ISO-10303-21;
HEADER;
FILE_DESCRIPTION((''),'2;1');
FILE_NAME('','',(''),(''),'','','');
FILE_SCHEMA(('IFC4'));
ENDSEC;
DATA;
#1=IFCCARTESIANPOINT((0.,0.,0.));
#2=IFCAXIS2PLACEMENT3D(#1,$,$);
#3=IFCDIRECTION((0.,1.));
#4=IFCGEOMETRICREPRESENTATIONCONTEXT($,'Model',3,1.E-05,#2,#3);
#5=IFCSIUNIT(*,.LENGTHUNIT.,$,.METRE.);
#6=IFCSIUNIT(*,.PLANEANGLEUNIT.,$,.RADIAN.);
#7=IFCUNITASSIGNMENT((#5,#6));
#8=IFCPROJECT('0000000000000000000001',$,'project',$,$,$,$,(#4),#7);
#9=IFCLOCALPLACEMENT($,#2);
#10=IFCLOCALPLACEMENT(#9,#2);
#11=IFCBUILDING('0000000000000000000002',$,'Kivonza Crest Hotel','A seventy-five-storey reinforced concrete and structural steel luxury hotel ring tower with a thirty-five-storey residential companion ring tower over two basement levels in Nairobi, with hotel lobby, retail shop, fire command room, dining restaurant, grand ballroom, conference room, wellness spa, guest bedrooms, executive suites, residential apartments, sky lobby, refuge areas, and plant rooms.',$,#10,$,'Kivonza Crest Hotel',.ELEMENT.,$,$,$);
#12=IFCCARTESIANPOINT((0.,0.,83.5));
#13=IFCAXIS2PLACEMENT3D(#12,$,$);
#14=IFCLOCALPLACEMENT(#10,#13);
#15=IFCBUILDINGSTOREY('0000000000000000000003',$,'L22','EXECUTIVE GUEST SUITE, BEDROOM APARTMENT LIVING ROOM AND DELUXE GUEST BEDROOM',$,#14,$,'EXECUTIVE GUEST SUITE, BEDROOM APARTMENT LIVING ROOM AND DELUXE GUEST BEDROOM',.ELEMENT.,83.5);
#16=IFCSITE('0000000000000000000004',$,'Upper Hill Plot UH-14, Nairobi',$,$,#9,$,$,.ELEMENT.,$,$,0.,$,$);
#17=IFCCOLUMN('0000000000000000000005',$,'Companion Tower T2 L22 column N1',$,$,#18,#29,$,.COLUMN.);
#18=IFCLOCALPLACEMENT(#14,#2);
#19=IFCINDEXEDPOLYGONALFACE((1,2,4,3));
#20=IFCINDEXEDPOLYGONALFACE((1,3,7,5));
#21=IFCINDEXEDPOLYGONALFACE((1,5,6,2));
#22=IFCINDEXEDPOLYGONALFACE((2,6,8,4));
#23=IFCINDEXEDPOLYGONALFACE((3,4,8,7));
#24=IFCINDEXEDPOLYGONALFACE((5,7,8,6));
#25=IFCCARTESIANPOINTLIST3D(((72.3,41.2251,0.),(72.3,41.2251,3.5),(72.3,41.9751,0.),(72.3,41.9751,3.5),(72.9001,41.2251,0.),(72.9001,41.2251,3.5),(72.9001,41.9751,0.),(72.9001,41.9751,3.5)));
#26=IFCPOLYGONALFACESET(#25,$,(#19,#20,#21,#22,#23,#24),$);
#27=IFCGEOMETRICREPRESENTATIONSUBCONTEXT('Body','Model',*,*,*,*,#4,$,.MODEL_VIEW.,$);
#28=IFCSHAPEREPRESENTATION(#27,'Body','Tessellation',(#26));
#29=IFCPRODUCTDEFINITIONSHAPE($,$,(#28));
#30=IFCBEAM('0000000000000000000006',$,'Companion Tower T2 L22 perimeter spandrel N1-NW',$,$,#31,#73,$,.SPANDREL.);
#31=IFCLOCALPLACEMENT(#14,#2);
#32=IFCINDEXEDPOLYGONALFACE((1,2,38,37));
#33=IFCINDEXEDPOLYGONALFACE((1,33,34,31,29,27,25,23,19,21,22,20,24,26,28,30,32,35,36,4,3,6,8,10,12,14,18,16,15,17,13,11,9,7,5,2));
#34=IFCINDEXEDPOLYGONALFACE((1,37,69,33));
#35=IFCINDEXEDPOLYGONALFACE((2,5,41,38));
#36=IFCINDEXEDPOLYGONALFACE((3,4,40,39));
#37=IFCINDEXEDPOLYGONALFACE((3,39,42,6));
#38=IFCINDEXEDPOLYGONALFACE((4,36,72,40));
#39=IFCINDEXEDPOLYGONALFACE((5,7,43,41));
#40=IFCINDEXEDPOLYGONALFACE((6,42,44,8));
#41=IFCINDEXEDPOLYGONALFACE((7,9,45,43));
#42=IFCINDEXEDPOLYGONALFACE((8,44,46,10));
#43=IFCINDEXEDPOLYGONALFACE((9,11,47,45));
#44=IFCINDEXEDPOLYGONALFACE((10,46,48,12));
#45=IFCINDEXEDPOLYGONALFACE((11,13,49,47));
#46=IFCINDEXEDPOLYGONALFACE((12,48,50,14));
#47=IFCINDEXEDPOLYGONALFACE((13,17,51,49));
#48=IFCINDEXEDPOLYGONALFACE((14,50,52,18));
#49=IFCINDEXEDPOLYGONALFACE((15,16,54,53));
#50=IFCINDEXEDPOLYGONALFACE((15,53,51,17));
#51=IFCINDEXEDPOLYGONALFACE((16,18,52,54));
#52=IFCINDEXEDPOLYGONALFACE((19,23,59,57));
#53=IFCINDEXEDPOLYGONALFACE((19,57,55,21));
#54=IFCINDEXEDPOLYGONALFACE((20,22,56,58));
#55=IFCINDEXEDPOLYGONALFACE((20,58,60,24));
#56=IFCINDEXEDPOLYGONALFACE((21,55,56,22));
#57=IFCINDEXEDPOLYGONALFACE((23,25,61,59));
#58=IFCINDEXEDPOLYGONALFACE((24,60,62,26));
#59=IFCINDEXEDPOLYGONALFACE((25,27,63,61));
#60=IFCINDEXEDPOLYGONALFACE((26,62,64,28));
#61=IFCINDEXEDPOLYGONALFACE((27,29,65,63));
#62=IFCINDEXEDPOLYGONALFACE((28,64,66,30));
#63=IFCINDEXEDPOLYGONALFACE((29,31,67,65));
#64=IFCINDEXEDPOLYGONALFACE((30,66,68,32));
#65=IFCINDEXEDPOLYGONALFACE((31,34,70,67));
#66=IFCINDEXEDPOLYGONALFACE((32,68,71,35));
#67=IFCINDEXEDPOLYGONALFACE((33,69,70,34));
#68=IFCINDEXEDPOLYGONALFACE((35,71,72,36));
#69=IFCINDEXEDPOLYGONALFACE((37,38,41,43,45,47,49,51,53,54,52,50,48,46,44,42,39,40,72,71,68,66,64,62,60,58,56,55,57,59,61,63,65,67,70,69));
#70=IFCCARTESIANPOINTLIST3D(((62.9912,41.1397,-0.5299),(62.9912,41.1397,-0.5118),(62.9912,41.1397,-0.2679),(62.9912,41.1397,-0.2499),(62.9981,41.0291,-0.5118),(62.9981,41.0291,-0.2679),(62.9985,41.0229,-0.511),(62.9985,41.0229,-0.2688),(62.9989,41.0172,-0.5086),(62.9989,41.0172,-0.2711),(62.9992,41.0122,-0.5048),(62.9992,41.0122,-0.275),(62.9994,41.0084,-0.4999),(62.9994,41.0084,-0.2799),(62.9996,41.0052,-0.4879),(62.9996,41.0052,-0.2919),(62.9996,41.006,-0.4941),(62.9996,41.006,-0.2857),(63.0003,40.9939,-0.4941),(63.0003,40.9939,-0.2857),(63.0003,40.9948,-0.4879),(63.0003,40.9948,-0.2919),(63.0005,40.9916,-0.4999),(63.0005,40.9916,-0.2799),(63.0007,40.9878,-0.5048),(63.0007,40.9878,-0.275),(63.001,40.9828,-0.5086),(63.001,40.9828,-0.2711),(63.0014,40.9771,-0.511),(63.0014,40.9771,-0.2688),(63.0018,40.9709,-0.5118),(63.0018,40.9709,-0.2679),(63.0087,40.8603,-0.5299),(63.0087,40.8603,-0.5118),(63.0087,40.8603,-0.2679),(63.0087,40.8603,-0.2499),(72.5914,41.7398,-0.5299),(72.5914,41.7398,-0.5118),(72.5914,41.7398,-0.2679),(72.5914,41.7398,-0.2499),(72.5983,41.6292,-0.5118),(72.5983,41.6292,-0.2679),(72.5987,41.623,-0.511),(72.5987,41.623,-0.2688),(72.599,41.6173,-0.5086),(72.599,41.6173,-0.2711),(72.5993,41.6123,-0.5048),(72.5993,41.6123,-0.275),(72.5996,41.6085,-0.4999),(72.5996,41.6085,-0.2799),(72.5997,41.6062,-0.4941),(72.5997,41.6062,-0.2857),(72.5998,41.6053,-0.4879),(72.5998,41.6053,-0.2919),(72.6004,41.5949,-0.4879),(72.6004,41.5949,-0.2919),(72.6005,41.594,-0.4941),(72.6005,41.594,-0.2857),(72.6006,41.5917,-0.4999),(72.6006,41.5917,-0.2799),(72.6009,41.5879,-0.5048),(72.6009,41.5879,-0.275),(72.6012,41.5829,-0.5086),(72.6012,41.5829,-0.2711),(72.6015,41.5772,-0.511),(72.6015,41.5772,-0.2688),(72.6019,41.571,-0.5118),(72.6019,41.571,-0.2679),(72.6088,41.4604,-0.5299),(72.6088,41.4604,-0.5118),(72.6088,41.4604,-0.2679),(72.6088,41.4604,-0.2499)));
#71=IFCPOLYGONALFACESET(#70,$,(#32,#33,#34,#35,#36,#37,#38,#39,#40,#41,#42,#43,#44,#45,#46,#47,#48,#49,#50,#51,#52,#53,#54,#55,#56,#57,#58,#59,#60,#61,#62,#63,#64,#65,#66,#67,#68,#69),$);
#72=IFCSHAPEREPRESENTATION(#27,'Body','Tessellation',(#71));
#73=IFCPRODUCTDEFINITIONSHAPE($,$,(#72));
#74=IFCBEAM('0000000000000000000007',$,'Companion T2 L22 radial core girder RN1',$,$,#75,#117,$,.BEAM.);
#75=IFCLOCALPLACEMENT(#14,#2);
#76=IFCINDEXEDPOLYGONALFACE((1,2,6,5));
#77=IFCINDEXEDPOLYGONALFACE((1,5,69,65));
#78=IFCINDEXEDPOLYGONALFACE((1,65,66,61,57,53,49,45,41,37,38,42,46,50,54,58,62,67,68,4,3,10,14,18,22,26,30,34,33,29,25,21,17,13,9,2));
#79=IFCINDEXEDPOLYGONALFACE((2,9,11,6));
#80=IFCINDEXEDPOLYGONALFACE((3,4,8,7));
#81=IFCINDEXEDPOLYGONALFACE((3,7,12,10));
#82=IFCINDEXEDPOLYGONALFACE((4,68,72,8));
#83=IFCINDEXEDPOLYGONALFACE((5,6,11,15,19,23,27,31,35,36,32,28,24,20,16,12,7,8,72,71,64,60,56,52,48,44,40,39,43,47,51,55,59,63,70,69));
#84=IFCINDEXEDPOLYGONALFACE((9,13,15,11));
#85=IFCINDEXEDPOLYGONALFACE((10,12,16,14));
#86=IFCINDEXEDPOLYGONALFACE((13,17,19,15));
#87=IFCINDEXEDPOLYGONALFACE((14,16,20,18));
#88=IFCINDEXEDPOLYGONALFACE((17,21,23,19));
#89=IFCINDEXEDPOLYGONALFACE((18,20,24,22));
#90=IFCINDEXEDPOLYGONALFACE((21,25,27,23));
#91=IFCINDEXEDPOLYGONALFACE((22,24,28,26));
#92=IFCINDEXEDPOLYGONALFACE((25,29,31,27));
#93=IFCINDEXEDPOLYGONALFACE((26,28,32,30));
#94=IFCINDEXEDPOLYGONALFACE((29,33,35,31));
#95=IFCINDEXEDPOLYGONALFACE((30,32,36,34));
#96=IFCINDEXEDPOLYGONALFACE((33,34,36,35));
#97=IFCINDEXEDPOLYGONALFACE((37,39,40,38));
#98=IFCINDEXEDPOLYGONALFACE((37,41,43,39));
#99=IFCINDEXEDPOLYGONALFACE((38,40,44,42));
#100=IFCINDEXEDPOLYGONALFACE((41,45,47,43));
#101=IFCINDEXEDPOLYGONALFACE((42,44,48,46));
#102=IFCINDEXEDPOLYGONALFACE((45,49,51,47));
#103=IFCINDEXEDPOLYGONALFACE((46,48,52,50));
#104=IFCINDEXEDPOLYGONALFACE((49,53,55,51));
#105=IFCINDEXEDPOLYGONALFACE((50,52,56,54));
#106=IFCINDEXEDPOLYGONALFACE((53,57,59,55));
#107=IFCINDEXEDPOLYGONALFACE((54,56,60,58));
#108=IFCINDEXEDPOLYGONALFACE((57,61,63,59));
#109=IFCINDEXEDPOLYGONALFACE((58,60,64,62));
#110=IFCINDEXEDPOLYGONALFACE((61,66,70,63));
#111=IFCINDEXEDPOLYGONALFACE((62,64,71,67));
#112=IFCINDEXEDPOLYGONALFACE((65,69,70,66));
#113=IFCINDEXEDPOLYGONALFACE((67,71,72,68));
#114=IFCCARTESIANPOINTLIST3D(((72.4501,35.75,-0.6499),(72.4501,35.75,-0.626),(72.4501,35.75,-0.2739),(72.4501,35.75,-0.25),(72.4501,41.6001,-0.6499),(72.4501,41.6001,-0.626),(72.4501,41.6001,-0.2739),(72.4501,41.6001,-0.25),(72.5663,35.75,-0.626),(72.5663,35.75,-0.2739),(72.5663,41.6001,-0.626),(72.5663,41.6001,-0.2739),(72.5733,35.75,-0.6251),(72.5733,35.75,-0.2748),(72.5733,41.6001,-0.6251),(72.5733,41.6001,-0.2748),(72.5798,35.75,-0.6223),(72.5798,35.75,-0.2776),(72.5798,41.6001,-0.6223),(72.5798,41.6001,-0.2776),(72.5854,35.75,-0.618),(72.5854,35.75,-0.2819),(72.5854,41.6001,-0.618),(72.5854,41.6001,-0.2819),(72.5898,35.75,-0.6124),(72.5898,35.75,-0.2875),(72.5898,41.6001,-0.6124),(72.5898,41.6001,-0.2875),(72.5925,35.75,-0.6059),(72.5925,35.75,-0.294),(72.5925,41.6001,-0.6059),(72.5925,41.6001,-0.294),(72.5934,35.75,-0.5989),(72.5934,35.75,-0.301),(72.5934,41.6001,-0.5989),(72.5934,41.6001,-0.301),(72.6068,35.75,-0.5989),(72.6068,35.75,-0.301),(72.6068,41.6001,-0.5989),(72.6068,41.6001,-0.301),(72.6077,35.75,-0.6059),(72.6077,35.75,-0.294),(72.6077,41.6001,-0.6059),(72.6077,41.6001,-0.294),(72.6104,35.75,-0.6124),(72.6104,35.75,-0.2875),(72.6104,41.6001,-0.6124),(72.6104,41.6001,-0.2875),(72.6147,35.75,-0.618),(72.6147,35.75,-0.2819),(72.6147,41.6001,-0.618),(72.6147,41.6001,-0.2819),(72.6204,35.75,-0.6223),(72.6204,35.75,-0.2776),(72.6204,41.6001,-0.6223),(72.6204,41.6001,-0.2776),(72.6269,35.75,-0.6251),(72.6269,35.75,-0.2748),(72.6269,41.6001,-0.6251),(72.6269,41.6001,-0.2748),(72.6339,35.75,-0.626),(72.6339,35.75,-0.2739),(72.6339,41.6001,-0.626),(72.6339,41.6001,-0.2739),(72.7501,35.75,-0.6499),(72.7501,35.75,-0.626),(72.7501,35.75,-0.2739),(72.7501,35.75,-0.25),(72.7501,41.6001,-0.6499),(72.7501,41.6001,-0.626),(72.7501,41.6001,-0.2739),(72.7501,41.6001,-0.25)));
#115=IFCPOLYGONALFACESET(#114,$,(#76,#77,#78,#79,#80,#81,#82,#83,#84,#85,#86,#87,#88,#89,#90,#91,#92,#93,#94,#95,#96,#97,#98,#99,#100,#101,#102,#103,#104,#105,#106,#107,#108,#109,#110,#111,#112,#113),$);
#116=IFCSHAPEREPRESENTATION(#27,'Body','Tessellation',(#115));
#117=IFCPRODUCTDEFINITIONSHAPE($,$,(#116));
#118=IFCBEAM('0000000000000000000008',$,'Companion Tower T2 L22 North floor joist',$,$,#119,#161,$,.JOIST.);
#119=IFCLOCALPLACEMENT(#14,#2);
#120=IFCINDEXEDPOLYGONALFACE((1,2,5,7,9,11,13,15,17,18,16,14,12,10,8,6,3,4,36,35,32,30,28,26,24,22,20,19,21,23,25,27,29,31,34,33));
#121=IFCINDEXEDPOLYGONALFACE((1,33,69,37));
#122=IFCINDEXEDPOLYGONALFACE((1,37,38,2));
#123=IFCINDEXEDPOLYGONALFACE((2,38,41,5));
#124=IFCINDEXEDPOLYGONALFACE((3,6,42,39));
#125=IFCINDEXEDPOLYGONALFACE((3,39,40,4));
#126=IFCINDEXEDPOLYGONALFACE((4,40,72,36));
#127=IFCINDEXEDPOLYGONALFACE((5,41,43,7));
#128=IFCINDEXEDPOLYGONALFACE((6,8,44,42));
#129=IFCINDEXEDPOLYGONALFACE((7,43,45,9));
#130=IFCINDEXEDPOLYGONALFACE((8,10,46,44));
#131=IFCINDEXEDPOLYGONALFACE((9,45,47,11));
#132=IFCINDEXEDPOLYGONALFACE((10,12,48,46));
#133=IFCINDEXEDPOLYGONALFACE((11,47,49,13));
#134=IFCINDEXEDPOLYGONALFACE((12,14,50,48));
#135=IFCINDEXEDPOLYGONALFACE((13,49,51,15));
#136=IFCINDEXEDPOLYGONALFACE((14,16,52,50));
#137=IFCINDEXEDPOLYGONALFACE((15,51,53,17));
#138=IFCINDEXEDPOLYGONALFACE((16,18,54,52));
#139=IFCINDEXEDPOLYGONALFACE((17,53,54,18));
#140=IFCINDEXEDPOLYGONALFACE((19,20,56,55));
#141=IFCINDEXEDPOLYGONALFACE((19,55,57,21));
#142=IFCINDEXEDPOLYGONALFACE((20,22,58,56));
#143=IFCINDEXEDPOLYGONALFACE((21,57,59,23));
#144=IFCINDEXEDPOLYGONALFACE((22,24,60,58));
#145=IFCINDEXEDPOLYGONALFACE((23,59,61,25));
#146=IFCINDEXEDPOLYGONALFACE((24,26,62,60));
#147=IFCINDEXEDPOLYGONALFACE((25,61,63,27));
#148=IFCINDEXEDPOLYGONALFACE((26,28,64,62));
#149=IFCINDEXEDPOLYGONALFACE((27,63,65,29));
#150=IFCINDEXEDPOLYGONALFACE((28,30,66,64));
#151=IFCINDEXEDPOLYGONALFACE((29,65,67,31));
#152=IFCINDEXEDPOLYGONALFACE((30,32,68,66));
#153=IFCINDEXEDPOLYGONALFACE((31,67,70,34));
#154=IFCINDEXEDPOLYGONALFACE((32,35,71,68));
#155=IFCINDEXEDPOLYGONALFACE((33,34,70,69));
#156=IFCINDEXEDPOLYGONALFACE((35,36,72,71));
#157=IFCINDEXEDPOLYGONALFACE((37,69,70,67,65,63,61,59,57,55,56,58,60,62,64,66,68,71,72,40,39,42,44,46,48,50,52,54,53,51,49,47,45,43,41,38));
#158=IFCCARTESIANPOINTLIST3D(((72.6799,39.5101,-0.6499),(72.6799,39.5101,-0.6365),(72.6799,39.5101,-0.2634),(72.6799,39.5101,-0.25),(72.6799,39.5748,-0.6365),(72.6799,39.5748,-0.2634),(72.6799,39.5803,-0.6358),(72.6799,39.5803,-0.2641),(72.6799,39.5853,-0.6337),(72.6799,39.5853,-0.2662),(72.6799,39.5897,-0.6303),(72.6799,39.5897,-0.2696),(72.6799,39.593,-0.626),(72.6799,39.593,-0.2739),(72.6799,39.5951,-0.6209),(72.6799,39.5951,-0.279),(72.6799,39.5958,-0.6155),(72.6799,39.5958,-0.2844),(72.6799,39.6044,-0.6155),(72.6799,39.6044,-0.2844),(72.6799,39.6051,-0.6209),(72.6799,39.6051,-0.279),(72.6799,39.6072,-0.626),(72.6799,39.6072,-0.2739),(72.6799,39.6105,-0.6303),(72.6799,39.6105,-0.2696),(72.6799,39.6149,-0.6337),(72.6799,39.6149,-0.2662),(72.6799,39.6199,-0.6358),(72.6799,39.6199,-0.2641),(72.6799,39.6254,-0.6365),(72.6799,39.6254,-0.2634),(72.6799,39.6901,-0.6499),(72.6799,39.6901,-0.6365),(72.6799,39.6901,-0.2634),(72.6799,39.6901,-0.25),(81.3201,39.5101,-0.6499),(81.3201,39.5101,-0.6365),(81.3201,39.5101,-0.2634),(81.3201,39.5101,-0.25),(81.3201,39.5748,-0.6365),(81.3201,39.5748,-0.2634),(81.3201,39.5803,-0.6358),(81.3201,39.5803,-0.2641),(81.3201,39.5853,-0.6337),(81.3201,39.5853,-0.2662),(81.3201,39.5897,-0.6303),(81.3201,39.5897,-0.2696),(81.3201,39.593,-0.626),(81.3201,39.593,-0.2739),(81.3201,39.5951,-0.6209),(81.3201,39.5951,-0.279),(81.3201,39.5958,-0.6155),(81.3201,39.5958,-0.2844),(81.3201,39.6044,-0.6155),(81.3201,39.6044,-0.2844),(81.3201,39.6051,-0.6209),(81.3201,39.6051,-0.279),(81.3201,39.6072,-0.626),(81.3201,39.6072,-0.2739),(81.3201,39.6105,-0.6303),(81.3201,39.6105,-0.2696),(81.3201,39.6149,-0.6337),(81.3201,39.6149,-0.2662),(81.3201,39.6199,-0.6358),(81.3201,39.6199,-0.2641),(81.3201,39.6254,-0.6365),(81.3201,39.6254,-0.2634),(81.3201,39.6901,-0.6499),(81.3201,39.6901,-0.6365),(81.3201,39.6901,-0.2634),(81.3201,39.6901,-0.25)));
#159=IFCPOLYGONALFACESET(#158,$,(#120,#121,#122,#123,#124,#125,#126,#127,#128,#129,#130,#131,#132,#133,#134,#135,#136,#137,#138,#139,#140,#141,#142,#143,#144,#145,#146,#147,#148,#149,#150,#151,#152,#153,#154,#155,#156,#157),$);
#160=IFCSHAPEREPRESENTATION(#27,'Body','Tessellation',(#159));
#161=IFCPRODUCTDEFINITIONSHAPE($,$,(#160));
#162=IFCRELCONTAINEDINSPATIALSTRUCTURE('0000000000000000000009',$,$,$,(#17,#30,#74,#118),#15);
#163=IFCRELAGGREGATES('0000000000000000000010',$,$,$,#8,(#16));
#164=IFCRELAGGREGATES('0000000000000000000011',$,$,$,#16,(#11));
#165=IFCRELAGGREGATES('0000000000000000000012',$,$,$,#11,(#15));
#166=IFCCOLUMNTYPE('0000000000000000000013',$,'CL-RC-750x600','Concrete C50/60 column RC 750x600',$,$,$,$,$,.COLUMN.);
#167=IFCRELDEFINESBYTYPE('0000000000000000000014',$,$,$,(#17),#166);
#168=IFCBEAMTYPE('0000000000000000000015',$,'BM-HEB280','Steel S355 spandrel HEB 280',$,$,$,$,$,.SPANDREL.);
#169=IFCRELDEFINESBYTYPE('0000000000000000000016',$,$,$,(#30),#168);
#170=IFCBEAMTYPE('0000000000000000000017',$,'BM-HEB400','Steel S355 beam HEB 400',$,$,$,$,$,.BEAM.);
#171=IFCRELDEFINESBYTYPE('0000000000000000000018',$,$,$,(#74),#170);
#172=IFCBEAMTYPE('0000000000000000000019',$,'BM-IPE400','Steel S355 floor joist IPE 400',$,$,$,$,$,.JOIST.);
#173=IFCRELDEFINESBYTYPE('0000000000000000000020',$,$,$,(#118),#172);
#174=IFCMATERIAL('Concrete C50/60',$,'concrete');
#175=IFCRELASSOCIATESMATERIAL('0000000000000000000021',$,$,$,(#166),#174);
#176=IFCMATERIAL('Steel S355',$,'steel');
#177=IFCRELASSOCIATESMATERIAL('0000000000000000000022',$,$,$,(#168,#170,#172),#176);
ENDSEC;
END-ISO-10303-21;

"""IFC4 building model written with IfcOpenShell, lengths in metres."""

from ifc_helpers import new_model, si_unit, direction, frame, origin, origin_2d, place, context, subcontext, project, spatial, rectangle, i_section, extrude, material, material_profile, profile_set, type_object, element, save


model = new_model("IFC4")

# Units and contexts
model_context = context("Model", 3, precision=1e-05, world=origin(), true_north=direction((0.0, 1.0)))
body_context = subcontext(model_context, "Body", "Model", "MODEL_VIEW")
ifc_project = project(units=[si_unit("LENGTHUNIT", "METRE"), si_unit("PLANEANGLEUNIT", "RADIAN")], contexts=[model_context])

# Site, building, storey
site_placement = place(None, origin())
site = spatial("IfcSite", under=ifc_project, at=site_placement, Name="Upper Hill Plot UH-14, Nairobi", CompositionType="ELEMENT", RefElevation=0.0)
building_placement = place(site_placement, origin())
building = spatial("IfcBuilding", under=site, at=building_placement, Name="Kivonza Crest Hotel", Description="A seventy-five-storey reinforced concrete and structural steel luxury hotel ring tower with a thirty-five-storey residential companion ring tower over two basement levels in Nairobi, with hotel lobby, retail shop, fire command room, dining restaurant, grand ballroom, conference room, wellness spa, guest bedrooms, executive suites, residential apartments, sky lobby, refuge areas, and plant rooms.", LongName="Kivonza Crest Hotel", CompositionType="ELEMENT")
storey_placement = place(building_placement, frame((0.0, 0.0, 83.5)))
storey = spatial("IfcBuildingStorey", under=building, at=storey_placement, Name="L22", Description="EXECUTIVE GUEST SUITE, BEDROOM APARTMENT LIVING ROOM AND DELUXE GUEST BEDROOM", LongName="EXECUTIVE GUEST SUITE, BEDROOM APARTMENT LIVING ROOM AND DELUXE GUEST BEDROOM", CompositionType="ELEMENT", Elevation=83.5)

# Column
ifc_material_1 = material(Name="Concrete C50/60", Category="concrete")
ifc_material_profile_1 = material_profile(ifc_material_1, rectangle(XDim=0.6001, YDim=0.75, at=origin_2d()), Name="RC 750x600")
ifc_profile_set_1 = profile_set([ifc_material_profile_1], Name="Concrete C50/60")
column_type = type_object("IfcColumnType", Name="CL-RC-750x600", Description="Concrete C50/60 column RC 750x600", PredefinedType="COLUMN", material=ifc_profile_set_1)
column_placement = place(storey_placement, frame((72.6001, 41.6001, 0.0), z_axis=(0.0, 0.0, 1.0), x_axis=(1.0, 0.0, 0.0)))
element("IfcColumn", 1, at=column_placement, inside=storey, type_object=column_type, Name="Companion Tower T2 L22 column N1", PredefinedType="COLUMN", context=body_context, shape_type="SweptSolid", body=[
    extrude(rectangle(XDim=0.6001, YDim=0.75, at=origin_2d()), origin(), (0.0, 0.0, 1.0), 3.5),
])

# Beams
ifc_material_2 = material(Name="Steel S355", Category="steel")
ifc_material_profile_2 = material_profile(ifc_material_2, i_section(OverallWidth=0.28, OverallDepth=0.28, WebThickness=0.0105, FlangeThickness=0.0181, FilletRadius=0.0239, at=origin_2d()), Name="HEB 280")
ifc_profile_set_2 = profile_set([ifc_material_profile_2], Name="Steel S355")
beam_type_1 = type_object("IfcBeamType", Name="BM-HEB280", Description="Steel S355 spandrel HEB 280", PredefinedType="SPANDREL", material=ifc_profile_set_2)
beam_1_placement = place(storey_placement, frame((72.6001, 41.6001, -0.3899), z_axis=(-0.998052, -0.062388, 0.0), x_axis=(0.062388, -0.998052, 0.0)))
element("IfcBeam", 2, at=beam_1_placement, inside=storey, type_object=beam_type_1, Name="Companion Tower T2 L22 perimeter spandrel N1-NW", PredefinedType="SPANDREL", context=body_context, shape_type="SweptSolid", body=[
    extrude(i_section(OverallWidth=0.28, OverallDepth=0.28, WebThickness=0.0105, FlangeThickness=0.0181, FilletRadius=0.0239, at=origin_2d()), origin(), (0.0, 0.0, 1.0), 9.6189),
])
ifc_material_profile_3 = material_profile(ifc_material_2, i_section(OverallWidth=0.3, OverallDepth=0.3999, WebThickness=0.0134, FlangeThickness=0.0239, FilletRadius=0.0271, at=origin_2d()), Name="HEB 400")
ifc_profile_set_3 = profile_set([ifc_material_profile_3], Name="Steel S355")
beam_type_2 = type_object("IfcBeamType", Name="BM-HEB400", Description="Steel S355 beam HEB 400", PredefinedType="BEAM", material=ifc_profile_set_3)
beam_2_placement = place(storey_placement, frame((72.6001, 41.6001, -0.45), z_axis=(0.0, -1.0, 0.0), x_axis=(1.0, 0.0, 0.0)))
element("IfcBeam", 3, at=beam_2_placement, inside=storey, type_object=beam_type_2, Name="Companion T2 L22 radial core girder RN1", PredefinedType="BEAM", context=body_context, shape_type="SweptSolid", body=[
    extrude(i_section(OverallWidth=0.3, OverallDepth=0.3999, WebThickness=0.0134, FlangeThickness=0.0239, FilletRadius=0.0271, at=origin_2d()), origin(), (0.0, 0.0, 1.0), 5.8501),
])
ifc_material_profile_4 = material_profile(ifc_material_2, i_section(OverallWidth=0.1799, OverallDepth=0.3999, WebThickness=0.0085, FlangeThickness=0.0134, FilletRadius=0.021, at=origin_2d()), Name="IPE 400")
ifc_profile_set_4 = profile_set([ifc_material_profile_4], Name="Steel S355")
beam_type_3 = type_object("IfcBeamType", Name="BM-IPE400", Description="Steel S355 floor joist IPE 400", PredefinedType="JOIST", material=ifc_profile_set_4)
beam_3_placement = place(storey_placement, frame((72.6799, 39.6001, -0.45), z_axis=(1.0, 0.0, 0.0), x_axis=(0.0, 1.0, 0.0)))
element("IfcBeam", 4, at=beam_3_placement, inside=storey, type_object=beam_type_3, Name="Companion Tower T2 L22 North floor joist", PredefinedType="JOIST", context=body_context, shape_type="SweptSolid", body=[
    extrude(i_section(OverallWidth=0.1799, OverallDepth=0.3999, WebThickness=0.0085, FlangeThickness=0.0134, FilletRadius=0.021, at=origin_2d()), origin(), (0.0, 0.0, 1.0), 8.6401),
])

save(model, "model.ifc")
